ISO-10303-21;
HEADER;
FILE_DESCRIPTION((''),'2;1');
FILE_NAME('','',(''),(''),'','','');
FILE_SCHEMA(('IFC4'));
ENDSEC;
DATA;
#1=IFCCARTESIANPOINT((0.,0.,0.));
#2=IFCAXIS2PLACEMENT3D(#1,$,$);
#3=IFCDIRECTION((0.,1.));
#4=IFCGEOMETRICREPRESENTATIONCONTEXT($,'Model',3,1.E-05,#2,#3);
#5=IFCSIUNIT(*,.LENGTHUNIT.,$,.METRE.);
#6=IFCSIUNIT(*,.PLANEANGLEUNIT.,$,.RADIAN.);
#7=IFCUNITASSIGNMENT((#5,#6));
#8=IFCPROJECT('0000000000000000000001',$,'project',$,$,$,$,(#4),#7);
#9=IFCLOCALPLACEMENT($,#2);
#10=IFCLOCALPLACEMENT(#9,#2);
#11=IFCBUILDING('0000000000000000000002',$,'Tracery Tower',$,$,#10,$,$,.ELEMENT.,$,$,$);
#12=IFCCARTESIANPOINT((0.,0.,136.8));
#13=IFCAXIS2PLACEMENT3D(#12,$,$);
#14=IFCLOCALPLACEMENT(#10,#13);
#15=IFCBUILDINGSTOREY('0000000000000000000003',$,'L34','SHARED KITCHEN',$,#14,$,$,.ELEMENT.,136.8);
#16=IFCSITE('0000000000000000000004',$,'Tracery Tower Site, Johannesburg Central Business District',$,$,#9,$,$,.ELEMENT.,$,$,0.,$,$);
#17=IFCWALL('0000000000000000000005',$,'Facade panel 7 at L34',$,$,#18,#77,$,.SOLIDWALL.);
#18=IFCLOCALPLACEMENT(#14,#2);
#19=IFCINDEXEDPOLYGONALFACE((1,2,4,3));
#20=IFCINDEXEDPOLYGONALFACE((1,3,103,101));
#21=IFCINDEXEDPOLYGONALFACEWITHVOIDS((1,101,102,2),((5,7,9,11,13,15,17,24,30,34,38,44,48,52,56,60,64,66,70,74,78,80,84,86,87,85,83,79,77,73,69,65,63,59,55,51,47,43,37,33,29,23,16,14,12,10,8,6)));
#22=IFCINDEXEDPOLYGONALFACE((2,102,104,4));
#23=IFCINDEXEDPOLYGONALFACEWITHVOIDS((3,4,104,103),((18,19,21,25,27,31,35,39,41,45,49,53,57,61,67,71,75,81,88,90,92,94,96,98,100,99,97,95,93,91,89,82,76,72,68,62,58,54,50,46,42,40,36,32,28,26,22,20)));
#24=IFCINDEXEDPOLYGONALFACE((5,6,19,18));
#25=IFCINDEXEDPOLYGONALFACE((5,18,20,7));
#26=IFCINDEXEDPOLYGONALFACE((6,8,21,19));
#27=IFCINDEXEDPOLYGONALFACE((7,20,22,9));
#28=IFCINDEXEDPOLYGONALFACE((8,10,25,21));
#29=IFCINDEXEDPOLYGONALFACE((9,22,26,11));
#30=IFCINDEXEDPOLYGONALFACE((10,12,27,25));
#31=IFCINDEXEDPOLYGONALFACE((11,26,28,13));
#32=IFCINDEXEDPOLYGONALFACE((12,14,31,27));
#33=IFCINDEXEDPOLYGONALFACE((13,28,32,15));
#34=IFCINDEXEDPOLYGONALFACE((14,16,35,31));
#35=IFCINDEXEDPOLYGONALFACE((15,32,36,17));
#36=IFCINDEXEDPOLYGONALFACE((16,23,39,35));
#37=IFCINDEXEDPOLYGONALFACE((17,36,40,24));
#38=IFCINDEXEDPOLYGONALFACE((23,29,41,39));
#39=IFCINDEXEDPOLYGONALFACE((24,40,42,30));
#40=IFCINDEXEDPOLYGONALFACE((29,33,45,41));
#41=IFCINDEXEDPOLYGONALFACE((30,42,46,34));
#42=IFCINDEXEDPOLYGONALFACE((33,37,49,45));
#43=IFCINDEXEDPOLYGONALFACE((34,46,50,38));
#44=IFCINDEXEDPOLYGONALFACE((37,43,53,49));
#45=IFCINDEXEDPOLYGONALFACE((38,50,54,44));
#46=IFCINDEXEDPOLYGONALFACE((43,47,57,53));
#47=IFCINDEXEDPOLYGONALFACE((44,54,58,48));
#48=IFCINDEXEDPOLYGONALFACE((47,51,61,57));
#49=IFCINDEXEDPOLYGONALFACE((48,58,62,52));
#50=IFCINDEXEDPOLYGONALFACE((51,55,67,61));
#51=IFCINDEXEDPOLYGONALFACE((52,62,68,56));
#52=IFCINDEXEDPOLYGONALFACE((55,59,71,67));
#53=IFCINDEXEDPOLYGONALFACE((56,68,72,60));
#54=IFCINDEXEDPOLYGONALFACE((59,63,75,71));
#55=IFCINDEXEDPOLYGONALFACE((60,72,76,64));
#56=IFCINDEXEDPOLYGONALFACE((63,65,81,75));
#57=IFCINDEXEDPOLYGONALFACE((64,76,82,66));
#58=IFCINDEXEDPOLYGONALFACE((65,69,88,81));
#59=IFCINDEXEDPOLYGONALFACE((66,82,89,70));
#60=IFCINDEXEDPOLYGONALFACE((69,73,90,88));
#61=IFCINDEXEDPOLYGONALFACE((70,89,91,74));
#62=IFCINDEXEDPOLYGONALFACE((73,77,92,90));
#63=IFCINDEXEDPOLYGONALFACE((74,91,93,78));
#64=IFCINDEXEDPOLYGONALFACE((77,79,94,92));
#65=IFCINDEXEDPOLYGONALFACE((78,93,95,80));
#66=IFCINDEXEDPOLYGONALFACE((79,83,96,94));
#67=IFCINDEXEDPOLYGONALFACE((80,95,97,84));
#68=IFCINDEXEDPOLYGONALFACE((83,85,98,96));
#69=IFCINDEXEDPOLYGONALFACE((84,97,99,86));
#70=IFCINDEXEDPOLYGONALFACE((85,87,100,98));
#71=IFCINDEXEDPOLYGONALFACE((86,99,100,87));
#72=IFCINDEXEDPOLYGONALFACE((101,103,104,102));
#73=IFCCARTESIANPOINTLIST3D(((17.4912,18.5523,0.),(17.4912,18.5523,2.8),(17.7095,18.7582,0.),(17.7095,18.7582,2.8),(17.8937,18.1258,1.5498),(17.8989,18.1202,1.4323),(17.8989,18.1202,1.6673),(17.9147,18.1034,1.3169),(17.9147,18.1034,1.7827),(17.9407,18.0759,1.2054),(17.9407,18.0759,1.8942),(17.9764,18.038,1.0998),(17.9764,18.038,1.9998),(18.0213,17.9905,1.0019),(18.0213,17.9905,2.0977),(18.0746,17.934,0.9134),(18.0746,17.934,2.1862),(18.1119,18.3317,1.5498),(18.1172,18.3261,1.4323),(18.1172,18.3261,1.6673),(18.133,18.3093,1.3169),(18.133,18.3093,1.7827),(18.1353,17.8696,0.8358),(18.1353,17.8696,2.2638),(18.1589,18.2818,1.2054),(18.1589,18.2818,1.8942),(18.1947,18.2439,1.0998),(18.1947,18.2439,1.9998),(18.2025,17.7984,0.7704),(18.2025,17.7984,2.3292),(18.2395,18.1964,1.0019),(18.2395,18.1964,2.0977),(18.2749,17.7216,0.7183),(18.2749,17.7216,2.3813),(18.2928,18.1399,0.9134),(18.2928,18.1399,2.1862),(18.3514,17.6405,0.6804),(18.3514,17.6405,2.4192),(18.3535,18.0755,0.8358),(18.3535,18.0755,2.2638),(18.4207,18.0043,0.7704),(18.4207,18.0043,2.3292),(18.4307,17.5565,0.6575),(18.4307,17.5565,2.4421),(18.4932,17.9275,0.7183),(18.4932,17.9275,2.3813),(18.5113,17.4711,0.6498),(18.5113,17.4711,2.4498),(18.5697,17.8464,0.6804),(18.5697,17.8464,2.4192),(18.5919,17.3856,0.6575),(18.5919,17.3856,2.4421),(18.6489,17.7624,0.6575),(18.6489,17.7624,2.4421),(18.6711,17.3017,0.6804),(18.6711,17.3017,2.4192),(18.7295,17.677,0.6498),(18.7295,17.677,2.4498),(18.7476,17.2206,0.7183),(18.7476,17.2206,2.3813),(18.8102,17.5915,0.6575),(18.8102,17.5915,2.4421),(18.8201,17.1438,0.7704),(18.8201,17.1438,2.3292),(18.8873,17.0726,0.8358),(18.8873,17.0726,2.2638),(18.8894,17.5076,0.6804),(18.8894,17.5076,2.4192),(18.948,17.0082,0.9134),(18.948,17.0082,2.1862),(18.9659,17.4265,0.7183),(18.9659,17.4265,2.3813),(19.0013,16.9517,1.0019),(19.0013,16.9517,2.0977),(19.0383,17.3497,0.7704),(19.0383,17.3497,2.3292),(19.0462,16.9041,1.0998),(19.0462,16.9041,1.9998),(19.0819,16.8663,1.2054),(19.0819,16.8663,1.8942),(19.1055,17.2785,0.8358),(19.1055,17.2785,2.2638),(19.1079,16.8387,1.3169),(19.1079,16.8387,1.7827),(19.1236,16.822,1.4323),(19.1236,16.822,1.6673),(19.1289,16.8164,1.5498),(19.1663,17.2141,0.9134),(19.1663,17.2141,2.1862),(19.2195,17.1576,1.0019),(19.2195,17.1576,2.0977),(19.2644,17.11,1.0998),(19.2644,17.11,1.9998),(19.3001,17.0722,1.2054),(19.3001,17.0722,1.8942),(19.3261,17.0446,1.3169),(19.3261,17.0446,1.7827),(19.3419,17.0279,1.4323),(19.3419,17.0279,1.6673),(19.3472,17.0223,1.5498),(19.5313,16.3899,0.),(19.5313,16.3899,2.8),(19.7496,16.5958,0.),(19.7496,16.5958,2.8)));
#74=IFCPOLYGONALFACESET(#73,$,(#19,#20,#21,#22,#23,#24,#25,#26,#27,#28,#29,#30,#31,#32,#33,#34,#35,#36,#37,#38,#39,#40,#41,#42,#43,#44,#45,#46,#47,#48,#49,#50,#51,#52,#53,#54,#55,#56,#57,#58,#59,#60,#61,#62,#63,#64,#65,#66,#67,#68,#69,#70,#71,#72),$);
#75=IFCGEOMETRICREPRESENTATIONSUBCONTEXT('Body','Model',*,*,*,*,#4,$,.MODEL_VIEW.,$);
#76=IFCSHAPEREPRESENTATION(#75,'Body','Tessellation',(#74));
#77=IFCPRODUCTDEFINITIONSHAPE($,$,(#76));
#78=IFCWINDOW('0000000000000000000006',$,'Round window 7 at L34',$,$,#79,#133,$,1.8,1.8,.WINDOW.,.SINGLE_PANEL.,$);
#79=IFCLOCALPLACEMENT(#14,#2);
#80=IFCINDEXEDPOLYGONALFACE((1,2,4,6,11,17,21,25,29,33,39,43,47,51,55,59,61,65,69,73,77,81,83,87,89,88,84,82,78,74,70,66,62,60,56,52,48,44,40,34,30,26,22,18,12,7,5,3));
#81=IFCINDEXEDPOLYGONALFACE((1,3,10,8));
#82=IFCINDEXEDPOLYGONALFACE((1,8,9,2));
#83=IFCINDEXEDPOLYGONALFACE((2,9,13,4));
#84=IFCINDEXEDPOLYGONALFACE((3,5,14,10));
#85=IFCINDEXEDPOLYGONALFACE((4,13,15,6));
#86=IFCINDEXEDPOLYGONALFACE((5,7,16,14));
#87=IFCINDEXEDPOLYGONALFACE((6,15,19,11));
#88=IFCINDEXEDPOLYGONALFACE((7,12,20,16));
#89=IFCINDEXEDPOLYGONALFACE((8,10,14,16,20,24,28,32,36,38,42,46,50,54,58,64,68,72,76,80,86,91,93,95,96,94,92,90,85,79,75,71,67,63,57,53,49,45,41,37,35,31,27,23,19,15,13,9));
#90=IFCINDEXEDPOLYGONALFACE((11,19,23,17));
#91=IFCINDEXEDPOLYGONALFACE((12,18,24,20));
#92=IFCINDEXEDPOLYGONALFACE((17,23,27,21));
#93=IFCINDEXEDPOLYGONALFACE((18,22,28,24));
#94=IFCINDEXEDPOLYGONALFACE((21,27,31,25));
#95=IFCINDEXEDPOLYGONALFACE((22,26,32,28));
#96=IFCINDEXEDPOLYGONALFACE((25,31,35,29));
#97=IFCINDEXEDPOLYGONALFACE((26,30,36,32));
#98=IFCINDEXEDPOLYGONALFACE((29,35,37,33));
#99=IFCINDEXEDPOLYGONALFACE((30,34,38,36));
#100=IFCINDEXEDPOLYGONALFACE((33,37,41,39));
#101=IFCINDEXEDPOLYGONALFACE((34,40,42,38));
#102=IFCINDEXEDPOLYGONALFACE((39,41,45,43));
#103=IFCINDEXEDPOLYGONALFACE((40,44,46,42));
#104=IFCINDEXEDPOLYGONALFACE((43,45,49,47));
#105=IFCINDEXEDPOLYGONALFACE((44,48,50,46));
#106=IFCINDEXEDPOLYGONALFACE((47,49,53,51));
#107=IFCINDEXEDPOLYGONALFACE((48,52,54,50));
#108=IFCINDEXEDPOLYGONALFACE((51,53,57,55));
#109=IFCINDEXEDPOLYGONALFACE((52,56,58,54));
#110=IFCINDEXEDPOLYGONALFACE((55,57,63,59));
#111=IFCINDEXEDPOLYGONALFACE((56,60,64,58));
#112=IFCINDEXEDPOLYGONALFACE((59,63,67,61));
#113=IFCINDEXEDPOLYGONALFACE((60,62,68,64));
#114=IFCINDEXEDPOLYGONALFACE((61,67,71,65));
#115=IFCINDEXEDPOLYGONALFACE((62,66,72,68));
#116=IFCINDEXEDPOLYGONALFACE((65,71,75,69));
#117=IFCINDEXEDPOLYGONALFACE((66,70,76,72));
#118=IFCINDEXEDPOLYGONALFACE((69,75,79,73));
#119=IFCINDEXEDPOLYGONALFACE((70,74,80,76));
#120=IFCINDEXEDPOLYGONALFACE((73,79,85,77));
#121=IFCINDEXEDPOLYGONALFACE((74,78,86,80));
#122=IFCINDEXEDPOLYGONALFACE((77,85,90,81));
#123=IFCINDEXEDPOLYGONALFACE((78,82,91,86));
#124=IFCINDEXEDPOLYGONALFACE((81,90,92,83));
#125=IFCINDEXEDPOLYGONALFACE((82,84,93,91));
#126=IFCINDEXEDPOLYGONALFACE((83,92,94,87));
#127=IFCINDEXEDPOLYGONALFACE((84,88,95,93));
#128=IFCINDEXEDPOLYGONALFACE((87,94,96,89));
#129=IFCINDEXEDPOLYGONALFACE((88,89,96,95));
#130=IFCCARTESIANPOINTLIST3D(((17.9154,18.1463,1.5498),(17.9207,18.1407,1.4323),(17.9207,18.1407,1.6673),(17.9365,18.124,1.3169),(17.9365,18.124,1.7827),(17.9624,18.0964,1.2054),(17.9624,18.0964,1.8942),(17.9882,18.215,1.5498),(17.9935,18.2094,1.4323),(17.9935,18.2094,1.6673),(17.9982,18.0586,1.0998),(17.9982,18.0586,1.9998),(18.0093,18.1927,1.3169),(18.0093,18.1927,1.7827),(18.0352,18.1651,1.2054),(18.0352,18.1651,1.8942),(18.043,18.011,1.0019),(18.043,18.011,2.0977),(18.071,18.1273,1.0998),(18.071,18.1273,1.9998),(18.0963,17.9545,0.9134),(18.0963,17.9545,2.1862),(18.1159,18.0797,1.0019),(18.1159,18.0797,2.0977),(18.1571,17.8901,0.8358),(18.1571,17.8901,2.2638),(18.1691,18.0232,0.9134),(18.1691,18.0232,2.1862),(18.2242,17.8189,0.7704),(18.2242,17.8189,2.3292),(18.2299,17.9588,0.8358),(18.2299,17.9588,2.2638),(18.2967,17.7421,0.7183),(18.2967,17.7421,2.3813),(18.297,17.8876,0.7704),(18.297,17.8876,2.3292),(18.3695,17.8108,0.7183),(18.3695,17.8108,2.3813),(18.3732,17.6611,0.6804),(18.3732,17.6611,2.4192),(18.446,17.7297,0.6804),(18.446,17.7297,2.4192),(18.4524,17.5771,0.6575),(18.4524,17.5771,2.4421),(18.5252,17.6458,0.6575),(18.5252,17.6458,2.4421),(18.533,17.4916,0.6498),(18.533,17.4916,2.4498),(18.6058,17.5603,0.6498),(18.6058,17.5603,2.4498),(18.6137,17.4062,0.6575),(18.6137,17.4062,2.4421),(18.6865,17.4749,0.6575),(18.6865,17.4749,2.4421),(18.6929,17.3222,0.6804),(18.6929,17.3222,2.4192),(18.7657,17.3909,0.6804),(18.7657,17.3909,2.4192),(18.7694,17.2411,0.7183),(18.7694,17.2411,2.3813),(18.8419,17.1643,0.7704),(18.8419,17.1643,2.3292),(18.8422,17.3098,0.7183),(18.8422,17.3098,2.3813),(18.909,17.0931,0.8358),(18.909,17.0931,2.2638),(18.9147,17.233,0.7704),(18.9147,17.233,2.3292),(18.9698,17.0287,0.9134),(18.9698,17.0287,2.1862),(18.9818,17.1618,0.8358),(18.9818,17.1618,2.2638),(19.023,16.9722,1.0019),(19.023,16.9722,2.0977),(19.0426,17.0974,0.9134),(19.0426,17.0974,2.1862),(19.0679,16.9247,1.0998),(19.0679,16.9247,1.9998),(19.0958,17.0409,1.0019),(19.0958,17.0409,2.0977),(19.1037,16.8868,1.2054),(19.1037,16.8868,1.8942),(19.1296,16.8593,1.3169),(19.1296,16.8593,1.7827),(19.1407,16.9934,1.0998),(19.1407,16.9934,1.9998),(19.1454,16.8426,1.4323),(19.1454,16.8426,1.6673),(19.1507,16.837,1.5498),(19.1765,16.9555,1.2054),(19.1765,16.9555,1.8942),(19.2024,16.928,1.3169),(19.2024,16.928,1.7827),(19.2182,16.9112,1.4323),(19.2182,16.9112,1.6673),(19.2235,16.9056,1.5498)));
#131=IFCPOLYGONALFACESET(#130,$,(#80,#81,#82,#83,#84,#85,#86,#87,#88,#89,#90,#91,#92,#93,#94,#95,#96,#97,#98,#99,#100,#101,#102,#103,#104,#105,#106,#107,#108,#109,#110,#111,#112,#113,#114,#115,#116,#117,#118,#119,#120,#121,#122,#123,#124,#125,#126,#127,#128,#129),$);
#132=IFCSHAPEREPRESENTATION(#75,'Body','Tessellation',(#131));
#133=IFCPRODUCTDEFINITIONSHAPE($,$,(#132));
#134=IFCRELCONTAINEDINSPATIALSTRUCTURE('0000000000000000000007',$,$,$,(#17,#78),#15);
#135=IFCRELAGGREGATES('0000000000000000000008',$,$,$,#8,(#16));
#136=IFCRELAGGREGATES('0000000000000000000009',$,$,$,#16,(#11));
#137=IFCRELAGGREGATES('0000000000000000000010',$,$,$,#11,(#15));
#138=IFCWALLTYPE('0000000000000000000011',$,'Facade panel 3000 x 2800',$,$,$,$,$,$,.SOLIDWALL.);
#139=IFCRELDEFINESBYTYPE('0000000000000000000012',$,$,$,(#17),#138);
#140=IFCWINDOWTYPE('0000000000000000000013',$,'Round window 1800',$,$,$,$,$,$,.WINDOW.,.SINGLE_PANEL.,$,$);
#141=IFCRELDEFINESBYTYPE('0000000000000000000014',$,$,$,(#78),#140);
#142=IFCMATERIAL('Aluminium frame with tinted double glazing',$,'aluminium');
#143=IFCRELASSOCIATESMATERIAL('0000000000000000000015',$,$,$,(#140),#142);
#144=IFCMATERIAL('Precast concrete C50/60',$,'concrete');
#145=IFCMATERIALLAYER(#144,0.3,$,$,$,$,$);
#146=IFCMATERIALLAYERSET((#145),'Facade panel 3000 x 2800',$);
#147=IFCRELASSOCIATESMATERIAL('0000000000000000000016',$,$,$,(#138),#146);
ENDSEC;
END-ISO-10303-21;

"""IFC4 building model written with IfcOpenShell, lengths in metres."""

from ifc_helpers import new_model, si_unit, direction, frame, frame_2d, origin, origin_2d, place, context, subcontext, project, spatial, rectangle, circle, extrude, material, layer, layer_set, type_object, element, fill, save


model = new_model("IFC4")

# Units and contexts
model_context = context("Model", 3, precision=1e-05, world=origin(), true_north=direction((0.0, 1.0)))
body_context = subcontext(model_context, "Body", "Model", "MODEL_VIEW")
ifc_project = project(units=[si_unit("LENGTHUNIT", "METRE"), si_unit("PLANEANGLEUNIT", "RADIAN")], contexts=[model_context])

# Site, building, storey
site_placement = place(None, origin())
site = spatial("IfcSite", under=ifc_project, at=site_placement, Name="Tracery Tower Site, Johannesburg Central Business District", CompositionType="ELEMENT", RefElevation=0.0)
building_placement = place(site_placement, origin())
building = spatial("IfcBuilding", under=site, at=building_placement, Name="Tracery Tower", CompositionType="ELEMENT")
storey_placement = place(building_placement, frame((0.0, 0.0, 136.8)))
storey = spatial("IfcBuildingStorey", under=building, at=storey_placement, Name="L34", Description="SHARED KITCHEN", CompositionType="ELEMENT", Elevation=136.8)

# Wall, opening, window
ifc_material_1 = material(Name="Aluminium frame with tinted double glazing", Category="aluminium")
window_type = type_object("IfcWindowType", Name="Round window 1800", PartitioningType="SINGLE_PANEL", PredefinedType="WINDOW", material=ifc_material_1)
ifc_material_2 = material(Name="Precast concrete C50/60", Category="concrete")
ifc_layer_1 = layer(ifc_material_2, 0.3)
ifc_layer_set_1 = layer_set([ifc_layer_1], Name="Facade panel 3000 x 2800")
wall_type_1 = type_object("IfcWallType", Name="Facade panel 3000 x 2800", PredefinedType="SOLIDWALL", material=ifc_layer_set_1)
wall_1_placement = place(storey_placement, frame((19.6404, 16.4929, 0.0), z_axis=(0.0, 0.0, 1.0), x_axis=(-0.686235, 0.72738, 0.0)))
wall_1 = element("IfcWall", 1, at=wall_1_placement, inside=storey, type_object=wall_type_1, Name="Facade panel 7 at L34", PredefinedType="SOLIDWALL", context=body_context, shape_type="SweptSolid", body=[
    extrude(rectangle(XDim=2.9729, YDim=0.3, at=frame_2d((1.4863, 0.0))), origin(), (0.0, 0.0, 1.0), 2.8),
])
opening_1_placement = place(wall_1_placement, frame((1.4863, 0.0, 1.5498)))
opening_1 = element("IfcOpeningElement", 2, at=opening_1_placement, cuts=wall_1, PredefinedType="OPENING", context=body_context, shape_type="SweptSolid", body=[
    extrude(circle(Radius=0.9, at=origin_2d()), frame((0.0, 0.1599, 0.0), z_axis=(0.0, -1.0, 0.0), x_axis=(1.0, 0.0, 0.0)), (0.0, 0.0, 1.0), 0.3201),
])
window_1_placement = place(opening_1_placement, origin())
window_1 = element("IfcWindow", 3, at=window_1_placement, inside=storey, type_object=window_type, Name="Round window 7 at L34", OverallHeight=1.8, OverallWidth=1.8, PartitioningType="SINGLE_PANEL", PredefinedType="WINDOW", context=body_context, shape_type="SweptSolid", body=[
    extrude(circle(Radius=0.9, at=origin_2d()), frame((0.0, 0.1201, 0.0), z_axis=(0.0, -1.0, 0.0), x_axis=(1.0, 0.0, 0.0)), (0.0, 0.0, 1.0), 0.1001),
])
fill(opening_1, window_1)

save(model, "model.ifc")
